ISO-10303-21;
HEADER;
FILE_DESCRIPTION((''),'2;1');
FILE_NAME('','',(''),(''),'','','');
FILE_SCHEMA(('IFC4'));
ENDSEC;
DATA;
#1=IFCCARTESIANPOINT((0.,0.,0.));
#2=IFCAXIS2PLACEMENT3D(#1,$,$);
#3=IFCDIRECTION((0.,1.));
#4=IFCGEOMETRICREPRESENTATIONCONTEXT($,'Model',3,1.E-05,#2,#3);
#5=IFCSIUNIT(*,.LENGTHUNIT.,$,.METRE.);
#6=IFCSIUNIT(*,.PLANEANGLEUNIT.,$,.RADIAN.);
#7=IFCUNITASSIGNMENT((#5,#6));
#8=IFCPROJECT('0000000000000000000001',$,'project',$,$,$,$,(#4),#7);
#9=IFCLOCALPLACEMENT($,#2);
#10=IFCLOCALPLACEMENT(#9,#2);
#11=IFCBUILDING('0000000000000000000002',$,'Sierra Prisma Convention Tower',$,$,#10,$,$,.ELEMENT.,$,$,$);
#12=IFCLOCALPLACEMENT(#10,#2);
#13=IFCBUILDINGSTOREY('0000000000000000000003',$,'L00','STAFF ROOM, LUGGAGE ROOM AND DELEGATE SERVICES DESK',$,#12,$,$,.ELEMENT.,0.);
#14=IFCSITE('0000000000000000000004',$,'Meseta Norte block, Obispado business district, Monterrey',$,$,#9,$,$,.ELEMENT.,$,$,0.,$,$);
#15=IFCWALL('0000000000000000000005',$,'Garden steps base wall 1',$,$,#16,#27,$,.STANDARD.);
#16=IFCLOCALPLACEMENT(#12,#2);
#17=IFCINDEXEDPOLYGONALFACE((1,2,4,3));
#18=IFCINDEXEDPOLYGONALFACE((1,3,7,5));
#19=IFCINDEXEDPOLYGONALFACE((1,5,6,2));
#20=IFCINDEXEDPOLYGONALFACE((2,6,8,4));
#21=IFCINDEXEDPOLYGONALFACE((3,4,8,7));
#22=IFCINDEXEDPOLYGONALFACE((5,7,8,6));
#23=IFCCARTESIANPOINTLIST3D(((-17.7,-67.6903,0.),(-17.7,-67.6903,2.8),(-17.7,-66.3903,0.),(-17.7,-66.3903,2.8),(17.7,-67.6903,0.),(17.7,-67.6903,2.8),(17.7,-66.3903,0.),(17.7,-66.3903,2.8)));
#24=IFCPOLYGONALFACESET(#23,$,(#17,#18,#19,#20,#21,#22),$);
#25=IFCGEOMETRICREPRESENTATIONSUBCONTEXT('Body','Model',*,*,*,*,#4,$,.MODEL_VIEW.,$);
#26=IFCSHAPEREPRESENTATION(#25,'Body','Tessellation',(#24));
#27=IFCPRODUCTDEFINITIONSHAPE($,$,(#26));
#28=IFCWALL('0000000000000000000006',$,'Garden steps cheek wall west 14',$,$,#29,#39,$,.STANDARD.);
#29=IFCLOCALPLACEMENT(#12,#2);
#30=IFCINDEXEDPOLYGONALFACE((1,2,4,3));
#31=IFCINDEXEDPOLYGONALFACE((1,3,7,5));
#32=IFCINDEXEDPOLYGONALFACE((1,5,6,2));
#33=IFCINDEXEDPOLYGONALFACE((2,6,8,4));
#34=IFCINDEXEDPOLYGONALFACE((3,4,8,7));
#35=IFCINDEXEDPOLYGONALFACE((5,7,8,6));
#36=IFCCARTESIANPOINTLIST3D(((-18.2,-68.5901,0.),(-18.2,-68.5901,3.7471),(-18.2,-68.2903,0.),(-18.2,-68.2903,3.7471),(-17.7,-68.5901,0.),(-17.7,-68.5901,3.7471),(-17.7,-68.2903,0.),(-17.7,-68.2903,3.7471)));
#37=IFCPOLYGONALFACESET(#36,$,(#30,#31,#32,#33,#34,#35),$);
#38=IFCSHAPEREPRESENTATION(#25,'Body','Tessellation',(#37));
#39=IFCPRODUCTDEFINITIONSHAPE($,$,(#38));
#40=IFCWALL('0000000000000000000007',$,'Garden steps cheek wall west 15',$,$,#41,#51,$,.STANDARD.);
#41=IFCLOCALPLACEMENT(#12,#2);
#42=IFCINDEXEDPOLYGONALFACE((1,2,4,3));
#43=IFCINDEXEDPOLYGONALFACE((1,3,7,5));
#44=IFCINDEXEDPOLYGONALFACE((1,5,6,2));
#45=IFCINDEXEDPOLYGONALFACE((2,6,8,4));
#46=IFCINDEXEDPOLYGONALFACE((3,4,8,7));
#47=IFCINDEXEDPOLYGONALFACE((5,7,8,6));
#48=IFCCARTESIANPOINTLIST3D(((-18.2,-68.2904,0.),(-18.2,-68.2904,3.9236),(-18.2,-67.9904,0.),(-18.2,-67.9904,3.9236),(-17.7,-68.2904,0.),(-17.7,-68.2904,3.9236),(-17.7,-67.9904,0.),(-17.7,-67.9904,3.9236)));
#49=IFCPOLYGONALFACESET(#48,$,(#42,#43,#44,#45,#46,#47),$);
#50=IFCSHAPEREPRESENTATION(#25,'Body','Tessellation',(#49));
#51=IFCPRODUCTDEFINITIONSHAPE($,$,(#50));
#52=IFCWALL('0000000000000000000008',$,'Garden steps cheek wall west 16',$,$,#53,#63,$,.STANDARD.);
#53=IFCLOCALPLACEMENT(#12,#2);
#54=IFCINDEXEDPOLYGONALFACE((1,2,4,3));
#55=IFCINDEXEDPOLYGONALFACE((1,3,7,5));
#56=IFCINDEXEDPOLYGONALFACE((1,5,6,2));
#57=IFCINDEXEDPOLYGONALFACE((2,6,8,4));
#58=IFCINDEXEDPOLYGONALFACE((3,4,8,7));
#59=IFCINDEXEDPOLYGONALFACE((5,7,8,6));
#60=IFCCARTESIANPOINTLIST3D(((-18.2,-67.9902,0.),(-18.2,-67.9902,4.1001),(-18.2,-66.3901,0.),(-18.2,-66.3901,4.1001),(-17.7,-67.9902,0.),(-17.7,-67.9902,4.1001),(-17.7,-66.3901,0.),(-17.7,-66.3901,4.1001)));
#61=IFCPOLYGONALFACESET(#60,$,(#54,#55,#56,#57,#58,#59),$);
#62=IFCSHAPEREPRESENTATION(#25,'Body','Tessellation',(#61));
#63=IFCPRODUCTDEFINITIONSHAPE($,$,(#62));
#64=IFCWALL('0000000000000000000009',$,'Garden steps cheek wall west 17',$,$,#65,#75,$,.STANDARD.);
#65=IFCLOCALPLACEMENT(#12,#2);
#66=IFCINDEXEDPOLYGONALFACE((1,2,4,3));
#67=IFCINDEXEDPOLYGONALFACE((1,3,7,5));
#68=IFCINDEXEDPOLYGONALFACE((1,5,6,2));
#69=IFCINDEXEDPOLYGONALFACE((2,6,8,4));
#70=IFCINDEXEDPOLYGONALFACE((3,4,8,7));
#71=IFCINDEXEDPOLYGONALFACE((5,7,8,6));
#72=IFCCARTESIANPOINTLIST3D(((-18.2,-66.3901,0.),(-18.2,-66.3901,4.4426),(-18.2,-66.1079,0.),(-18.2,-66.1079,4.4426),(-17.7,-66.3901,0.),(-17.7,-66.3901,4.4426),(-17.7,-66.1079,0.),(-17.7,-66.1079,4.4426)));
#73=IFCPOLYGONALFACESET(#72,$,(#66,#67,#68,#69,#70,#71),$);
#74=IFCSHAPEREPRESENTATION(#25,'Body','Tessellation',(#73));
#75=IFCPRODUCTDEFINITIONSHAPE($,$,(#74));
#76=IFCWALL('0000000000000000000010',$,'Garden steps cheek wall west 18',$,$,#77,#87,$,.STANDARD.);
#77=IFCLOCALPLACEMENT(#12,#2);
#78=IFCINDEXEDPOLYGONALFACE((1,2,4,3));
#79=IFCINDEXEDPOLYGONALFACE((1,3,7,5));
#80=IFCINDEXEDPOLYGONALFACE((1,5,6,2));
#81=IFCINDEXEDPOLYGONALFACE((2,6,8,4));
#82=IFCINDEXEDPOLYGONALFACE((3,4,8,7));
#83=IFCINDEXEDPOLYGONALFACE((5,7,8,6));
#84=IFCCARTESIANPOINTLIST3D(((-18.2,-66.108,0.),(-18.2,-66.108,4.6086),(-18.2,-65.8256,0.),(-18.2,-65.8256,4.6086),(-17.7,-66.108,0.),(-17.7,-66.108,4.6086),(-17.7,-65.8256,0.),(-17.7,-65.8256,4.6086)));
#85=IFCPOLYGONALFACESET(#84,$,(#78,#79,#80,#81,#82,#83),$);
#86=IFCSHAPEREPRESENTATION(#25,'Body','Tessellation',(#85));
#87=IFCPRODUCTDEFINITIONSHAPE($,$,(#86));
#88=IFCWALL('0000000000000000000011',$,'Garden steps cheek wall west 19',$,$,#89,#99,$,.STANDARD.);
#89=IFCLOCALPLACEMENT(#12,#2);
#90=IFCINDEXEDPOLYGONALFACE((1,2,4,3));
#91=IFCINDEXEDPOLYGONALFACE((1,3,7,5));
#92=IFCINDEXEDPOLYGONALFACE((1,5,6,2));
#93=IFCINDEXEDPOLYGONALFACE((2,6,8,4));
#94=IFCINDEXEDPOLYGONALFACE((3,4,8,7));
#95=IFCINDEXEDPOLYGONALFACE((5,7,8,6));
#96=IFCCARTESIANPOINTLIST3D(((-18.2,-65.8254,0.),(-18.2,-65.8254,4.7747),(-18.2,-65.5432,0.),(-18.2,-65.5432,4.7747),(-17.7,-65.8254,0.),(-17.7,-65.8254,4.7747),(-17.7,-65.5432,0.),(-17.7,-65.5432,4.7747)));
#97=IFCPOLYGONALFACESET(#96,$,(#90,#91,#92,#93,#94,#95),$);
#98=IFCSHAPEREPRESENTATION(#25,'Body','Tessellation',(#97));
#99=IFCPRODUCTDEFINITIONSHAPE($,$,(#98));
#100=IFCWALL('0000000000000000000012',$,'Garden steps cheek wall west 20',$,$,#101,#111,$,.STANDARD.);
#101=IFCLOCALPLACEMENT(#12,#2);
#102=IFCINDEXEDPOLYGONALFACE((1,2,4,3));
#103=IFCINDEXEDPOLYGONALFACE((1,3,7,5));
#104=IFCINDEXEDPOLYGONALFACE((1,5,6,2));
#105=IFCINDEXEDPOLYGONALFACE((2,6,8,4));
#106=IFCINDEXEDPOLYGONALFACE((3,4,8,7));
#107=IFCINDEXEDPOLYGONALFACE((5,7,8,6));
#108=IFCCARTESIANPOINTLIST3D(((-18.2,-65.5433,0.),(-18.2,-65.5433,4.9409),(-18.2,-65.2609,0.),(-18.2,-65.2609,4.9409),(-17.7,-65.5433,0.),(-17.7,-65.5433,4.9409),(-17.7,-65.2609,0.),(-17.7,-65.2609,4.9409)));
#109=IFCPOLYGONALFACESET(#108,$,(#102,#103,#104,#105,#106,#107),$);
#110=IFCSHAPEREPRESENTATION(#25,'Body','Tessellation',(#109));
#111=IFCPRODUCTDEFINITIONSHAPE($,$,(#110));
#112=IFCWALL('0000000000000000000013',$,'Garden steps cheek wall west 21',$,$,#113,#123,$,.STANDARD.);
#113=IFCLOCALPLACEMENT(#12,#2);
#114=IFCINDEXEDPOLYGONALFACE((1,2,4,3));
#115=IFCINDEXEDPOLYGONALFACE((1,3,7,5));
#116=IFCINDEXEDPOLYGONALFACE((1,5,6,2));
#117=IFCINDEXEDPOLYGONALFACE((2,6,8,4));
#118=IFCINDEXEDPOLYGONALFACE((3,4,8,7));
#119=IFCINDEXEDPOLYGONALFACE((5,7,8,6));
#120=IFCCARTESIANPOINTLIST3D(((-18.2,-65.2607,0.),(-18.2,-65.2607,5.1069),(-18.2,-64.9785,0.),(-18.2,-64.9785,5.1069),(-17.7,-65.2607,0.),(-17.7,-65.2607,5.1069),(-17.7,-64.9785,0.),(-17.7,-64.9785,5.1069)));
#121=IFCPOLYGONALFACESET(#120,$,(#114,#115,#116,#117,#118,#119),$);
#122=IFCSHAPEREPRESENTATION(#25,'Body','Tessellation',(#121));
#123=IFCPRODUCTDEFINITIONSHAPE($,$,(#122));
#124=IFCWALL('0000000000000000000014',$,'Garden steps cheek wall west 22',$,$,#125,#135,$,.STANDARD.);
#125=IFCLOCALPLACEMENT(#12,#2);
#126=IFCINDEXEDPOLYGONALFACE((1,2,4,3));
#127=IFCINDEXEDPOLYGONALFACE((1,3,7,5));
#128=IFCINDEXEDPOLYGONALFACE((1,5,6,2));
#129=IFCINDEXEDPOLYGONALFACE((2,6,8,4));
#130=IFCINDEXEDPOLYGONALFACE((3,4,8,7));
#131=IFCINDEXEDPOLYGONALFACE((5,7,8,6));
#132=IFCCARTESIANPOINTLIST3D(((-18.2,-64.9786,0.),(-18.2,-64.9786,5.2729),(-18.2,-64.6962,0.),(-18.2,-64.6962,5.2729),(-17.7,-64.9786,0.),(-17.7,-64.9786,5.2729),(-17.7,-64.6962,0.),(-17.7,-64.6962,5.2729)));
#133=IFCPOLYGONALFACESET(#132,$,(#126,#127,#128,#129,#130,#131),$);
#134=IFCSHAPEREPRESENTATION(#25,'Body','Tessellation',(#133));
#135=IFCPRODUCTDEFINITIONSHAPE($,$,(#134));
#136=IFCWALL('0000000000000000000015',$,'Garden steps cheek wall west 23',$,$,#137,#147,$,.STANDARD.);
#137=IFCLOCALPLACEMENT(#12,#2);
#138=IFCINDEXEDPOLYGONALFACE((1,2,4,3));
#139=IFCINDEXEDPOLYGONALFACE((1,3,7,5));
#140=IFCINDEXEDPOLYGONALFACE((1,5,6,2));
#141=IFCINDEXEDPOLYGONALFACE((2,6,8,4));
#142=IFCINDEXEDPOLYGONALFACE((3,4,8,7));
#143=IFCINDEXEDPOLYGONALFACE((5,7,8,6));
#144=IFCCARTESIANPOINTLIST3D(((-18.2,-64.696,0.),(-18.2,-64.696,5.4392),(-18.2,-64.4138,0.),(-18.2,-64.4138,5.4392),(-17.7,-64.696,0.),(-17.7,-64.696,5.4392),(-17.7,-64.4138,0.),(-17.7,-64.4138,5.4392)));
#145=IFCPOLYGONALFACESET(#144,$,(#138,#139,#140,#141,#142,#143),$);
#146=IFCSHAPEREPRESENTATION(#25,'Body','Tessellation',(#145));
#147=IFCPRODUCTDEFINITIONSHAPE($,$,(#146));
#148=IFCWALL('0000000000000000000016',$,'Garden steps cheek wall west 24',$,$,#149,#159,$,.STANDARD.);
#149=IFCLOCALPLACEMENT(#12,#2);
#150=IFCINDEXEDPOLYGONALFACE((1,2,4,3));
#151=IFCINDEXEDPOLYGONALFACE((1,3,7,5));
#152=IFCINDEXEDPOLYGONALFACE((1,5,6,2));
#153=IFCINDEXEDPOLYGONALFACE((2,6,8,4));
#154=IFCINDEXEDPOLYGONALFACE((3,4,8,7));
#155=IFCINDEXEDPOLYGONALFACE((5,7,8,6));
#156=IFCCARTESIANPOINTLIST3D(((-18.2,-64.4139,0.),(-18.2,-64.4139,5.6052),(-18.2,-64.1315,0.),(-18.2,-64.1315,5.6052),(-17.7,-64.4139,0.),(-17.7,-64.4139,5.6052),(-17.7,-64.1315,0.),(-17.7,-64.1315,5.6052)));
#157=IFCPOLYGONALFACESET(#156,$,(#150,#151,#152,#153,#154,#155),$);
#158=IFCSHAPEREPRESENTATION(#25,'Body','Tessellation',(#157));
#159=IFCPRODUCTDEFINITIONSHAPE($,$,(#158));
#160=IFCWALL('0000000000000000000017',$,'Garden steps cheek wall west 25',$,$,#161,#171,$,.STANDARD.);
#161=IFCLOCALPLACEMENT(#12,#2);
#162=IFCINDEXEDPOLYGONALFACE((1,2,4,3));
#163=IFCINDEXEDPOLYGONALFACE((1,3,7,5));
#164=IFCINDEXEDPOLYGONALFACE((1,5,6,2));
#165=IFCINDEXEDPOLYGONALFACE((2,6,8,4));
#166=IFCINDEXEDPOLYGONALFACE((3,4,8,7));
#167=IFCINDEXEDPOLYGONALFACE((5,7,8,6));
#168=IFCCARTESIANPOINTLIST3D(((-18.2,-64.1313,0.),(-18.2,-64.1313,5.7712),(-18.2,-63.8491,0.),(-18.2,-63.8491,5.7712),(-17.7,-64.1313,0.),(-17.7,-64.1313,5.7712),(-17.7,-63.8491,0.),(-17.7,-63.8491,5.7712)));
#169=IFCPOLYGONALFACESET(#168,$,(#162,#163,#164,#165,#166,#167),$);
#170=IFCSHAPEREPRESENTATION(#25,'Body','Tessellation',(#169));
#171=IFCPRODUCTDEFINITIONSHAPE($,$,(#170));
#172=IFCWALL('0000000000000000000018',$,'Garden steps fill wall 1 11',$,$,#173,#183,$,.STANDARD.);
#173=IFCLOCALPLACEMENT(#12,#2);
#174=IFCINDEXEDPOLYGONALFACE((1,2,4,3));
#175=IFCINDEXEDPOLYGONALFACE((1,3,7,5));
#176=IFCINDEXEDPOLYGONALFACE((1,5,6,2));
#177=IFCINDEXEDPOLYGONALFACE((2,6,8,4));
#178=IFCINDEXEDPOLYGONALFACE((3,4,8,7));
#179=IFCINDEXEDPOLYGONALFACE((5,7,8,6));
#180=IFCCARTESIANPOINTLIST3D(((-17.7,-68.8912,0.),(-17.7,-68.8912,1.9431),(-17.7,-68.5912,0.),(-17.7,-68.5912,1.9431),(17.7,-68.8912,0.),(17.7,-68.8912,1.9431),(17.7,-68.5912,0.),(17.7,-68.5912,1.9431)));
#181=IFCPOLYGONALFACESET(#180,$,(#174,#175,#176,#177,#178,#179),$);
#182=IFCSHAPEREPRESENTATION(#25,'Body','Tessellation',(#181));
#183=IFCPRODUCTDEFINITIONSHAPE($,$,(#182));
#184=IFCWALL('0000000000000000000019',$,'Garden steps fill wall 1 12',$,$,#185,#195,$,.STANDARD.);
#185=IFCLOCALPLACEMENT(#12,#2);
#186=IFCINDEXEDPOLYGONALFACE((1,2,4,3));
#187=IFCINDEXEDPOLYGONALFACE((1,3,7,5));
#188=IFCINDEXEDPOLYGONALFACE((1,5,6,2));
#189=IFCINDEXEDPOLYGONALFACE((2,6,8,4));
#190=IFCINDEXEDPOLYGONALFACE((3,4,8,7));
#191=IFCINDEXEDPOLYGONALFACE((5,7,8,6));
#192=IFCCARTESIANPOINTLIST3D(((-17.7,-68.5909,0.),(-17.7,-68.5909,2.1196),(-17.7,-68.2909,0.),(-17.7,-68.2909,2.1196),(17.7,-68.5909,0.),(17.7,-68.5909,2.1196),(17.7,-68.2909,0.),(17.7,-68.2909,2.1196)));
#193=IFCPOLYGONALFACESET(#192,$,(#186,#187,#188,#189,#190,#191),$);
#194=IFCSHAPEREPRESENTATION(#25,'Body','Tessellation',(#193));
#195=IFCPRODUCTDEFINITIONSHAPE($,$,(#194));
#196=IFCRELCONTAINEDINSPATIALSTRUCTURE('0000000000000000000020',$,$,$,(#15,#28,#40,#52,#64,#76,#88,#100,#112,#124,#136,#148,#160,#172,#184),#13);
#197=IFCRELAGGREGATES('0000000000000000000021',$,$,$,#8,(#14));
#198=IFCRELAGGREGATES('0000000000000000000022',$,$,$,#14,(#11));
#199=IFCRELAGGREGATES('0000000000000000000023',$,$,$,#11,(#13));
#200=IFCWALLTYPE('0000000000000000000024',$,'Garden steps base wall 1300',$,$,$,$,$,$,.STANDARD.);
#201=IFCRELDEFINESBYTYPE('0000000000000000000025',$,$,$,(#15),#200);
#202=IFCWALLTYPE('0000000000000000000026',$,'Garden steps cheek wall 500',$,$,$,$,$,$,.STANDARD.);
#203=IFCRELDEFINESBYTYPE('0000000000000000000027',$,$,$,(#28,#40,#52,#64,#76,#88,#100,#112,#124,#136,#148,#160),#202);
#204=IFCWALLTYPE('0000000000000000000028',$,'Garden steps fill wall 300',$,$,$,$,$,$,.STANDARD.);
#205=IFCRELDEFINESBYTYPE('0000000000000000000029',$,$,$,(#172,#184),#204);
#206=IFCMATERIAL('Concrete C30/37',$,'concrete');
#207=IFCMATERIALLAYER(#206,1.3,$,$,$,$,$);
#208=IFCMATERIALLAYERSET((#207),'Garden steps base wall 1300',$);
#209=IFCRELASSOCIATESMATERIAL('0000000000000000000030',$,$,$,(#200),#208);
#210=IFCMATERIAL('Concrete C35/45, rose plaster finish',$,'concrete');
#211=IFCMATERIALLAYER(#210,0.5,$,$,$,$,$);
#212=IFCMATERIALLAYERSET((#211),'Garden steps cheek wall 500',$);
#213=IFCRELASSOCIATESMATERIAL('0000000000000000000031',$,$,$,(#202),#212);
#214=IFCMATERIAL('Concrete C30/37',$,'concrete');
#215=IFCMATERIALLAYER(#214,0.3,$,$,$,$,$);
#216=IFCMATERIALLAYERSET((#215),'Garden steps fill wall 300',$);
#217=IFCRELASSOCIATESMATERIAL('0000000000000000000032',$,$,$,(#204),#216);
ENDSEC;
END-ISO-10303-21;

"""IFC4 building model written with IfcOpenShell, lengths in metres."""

from ifc_helpers import new_model, si_unit, direction, frame, frame_2d, origin, place, context, subcontext, project, spatial, rectangle, extrude, material, layer, layer_set, type_object, element, save


model = new_model("IFC4")

# Units and contexts
model_context = context("Model", 3, precision=1e-05, world=origin(), true_north=direction((0.0, 1.0)))
body_context = subcontext(model_context, "Body", "Model", "MODEL_VIEW")
ifc_project = project(units=[si_unit("LENGTHUNIT", "METRE"), si_unit("PLANEANGLEUNIT", "RADIAN")], contexts=[model_context])

# Site, building, storey
site_placement = place(None, origin())
site = spatial("IfcSite", under=ifc_project, at=site_placement, Name="Meseta Norte block, Obispado business district, Monterrey", CompositionType="ELEMENT", RefElevation=0.0)
building_placement = place(site_placement, origin())
building = spatial("IfcBuilding", under=site, at=building_placement, Name="Sierra Prisma Convention Tower", CompositionType="ELEMENT")
storey_placement = place(building_placement, origin())
storey = spatial("IfcBuildingStorey", under=building, at=storey_placement, Name="L00", Description="STAFF ROOM, LUGGAGE ROOM AND DELEGATE SERVICES DESK", CompositionType="ELEMENT", Elevation=0.0)

# Walls
ifc_material_1 = material(Name="Concrete C30/37", Category="concrete")
ifc_layer_1 = layer(ifc_material_1, 1.3)
ifc_layer_set_1 = layer_set([ifc_layer_1], Name="Garden steps base wall 1300")
wall_type_1 = type_object("IfcWallType", Name="Garden steps base wall 1300", PredefinedType="STANDARD", material=ifc_layer_set_1)
wall_1_placement = place(storey_placement, frame((-17.7, -67.0403, 0.0), z_axis=(0.0, 0.0, 1.0), x_axis=(1.0, 0.0, 0.0)))
element("IfcWall", 1, at=wall_1_placement, inside=storey, type_object=wall_type_1, Name="Garden steps base wall 1", PredefinedType="STANDARD", context=body_context, shape_type="SweptSolid", body=[
    extrude(rectangle(XDim=35.3999, YDim=1.3, at=frame_2d((17.7, 0.0))), origin(), (0.0, 0.0, 1.0), 2.8),
])
ifc_material_2 = material(Name="Concrete C35/45, rose plaster finish", Category="concrete")
ifc_layer_2 = layer(ifc_material_2, 0.5)
ifc_layer_set_2 = layer_set([ifc_layer_2], Name="Garden steps cheek wall 500")
wall_type_2 = type_object("IfcWallType", Name="Garden steps cheek wall 500", PredefinedType="STANDARD", material=ifc_layer_set_2)
wall_2_placement = place(storey_placement, frame((-17.95, -68.5901, 0.0), z_axis=(0.0, 0.0, 1.0), x_axis=(0.0, 1.0, 0.0)))
element("IfcWall", 2, at=wall_2_placement, inside=storey, type_object=wall_type_2, Name="Garden steps cheek wall west 14", PredefinedType="STANDARD", context=body_context, shape_type="SweptSolid", body=[
    extrude(rectangle(XDim=0.2998, YDim=0.5, at=frame_2d((0.1499, 0.0))), origin(), (0.0, 0.0, 1.0), 3.7471),
])
wall_3_placement = place(storey_placement, frame((-17.95, -68.2903, 0.0), z_axis=(0.0, 0.0, 1.0), x_axis=(0.0, 1.0, 0.0)))
element("IfcWall", 3, at=wall_3_placement, inside=storey, type_object=wall_type_2, Name="Garden steps cheek wall west 15", PredefinedType="STANDARD", context=body_context, shape_type="SweptSolid", body=[
    extrude(rectangle(XDim=0.3, YDim=0.5, at=frame_2d((0.1499, 0.0))), origin(), (0.0, 0.0, 1.0), 3.9236),
])
wall_4_placement = place(storey_placement, frame((-17.95, -67.9902, 0.0), z_axis=(0.0, 0.0, 1.0), x_axis=(0.0, 1.0, 0.0)))
element("IfcWall", 4, at=wall_4_placement, inside=storey, type_object=wall_type_2, Name="Garden steps cheek wall west 16", PredefinedType="STANDARD", context=body_context, shape_type="SweptSolid", body=[
    extrude(rectangle(XDim=1.6001, YDim=0.5, at=frame_2d((0.8, 0.0))), origin(), (0.0, 0.0, 1.0), 4.1001),
])
wall_5_placement = place(storey_placement, frame((-17.95, -66.3901, 0.0), z_axis=(0.0, 0.0, 1.0), x_axis=(0.0, 1.0, 0.0)))
element("IfcWall", 5, at=wall_5_placement, inside=storey, type_object=wall_type_2, Name="Garden steps cheek wall west 17", PredefinedType="STANDARD", context=body_context, shape_type="SweptSolid", body=[
    extrude(rectangle(XDim=0.2822, YDim=0.5, at=frame_2d((0.1411, 0.0))), origin(), (0.0, 0.0, 1.0), 4.4426),
])
wall_6_placement = place(storey_placement, frame((-17.95, -66.1079, 0.0), z_axis=(0.0, 0.0, 1.0), x_axis=(0.0, 1.0, 0.0)))
element("IfcWall", 6, at=wall_6_placement, inside=storey, type_object=wall_type_2, Name="Garden steps cheek wall west 18", PredefinedType="STANDARD", context=body_context, shape_type="SweptSolid", body=[
    extrude(rectangle(XDim=0.2825, YDim=0.5, at=frame_2d((0.1411, 0.0))), origin(), (0.0, 0.0, 1.0), 4.6086),
])
wall_7_placement = place(storey_placement, frame((-17.95, -65.8254, 0.0), z_axis=(0.0, 0.0, 1.0), x_axis=(0.0, 1.0, 0.0)))
element("IfcWall", 7, at=wall_7_placement, inside=storey, type_object=wall_type_2, Name="Garden steps cheek wall west 19", PredefinedType="STANDARD", context=body_context, shape_type="SweptSolid", body=[
    extrude(rectangle(XDim=0.2822, YDim=0.5, at=frame_2d((0.1411, 0.0))), origin(), (0.0, 0.0, 1.0), 4.7747),
])
wall_8_placement = place(storey_placement, frame((-17.95, -65.5432, 0.0), z_axis=(0.0, 0.0, 1.0), x_axis=(0.0, 1.0, 0.0)))
element("IfcWall", 8, at=wall_8_placement, inside=storey, type_object=wall_type_2, Name="Garden steps cheek wall west 20", PredefinedType="STANDARD", context=body_context, shape_type="SweptSolid", body=[
    extrude(rectangle(XDim=0.2825, YDim=0.5, at=frame_2d((0.1411, 0.0))), origin(), (0.0, 0.0, 1.0), 4.9409),
])
wall_9_placement = place(storey_placement, frame((-17.95, -65.2607, 0.0), z_axis=(0.0, 0.0, 1.0), x_axis=(0.0, 1.0, 0.0)))
element("IfcWall", 9, at=wall_9_placement, inside=storey, type_object=wall_type_2, Name="Garden steps cheek wall west 21", PredefinedType="STANDARD", context=body_context, shape_type="SweptSolid", body=[
    extrude(rectangle(XDim=0.2822, YDim=0.5, at=frame_2d((0.1411, 0.0))), origin(), (0.0, 0.0, 1.0), 5.1069),
])
wall_10_placement = place(storey_placement, frame((-17.95, -64.9785, 0.0), z_axis=(0.0, 0.0, 1.0), x_axis=(0.0, 1.0, 0.0)))
element("IfcWall", 10, at=wall_10_placement, inside=storey, type_object=wall_type_2, Name="Garden steps cheek wall west 22", PredefinedType="STANDARD", context=body_context, shape_type="SweptSolid", body=[
    extrude(rectangle(XDim=0.2825, YDim=0.5, at=frame_2d((0.1411, 0.0))), origin(), (0.0, 0.0, 1.0), 5.2729),
])
wall_11_placement = place(storey_placement, frame((-17.95, -64.696, 0.0), z_axis=(0.0, 0.0, 1.0), x_axis=(0.0, 1.0, 0.0)))
element("IfcWall", 11, at=wall_11_placement, inside=storey, type_object=wall_type_2, Name="Garden steps cheek wall west 23", PredefinedType="STANDARD", context=body_context, shape_type="SweptSolid", body=[
    extrude(rectangle(XDim=0.2822, YDim=0.5, at=frame_2d((0.1411, 0.0))), origin(), (0.0, 0.0, 1.0), 5.4392),
])
wall_12_placement = place(storey_placement, frame((-17.95, -64.4138, 0.0), z_axis=(0.0, 0.0, 1.0), x_axis=(0.0, 1.0, 0.0)))
element("IfcWall", 12, at=wall_12_placement, inside=storey, type_object=wall_type_2, Name="Garden steps cheek wall west 24", PredefinedType="STANDARD", context=body_context, shape_type="SweptSolid", body=[
    extrude(rectangle(XDim=0.2825, YDim=0.5, at=frame_2d((0.1411, 0.0))), origin(), (0.0, 0.0, 1.0), 5.6052),
])
wall_13_placement = place(storey_placement, frame((-17.95, -64.1313, 0.0), z_axis=(0.0, 0.0, 1.0), x_axis=(0.0, 1.0, 0.0)))
element("IfcWall", 13, at=wall_13_placement, inside=storey, type_object=wall_type_2, Name="Garden steps cheek wall west 25", PredefinedType="STANDARD", context=body_context, shape_type="SweptSolid", body=[
    extrude(rectangle(XDim=0.2822, YDim=0.5, at=frame_2d((0.1411, 0.0))), origin(), (0.0, 0.0, 1.0), 5.7712),
])
ifc_material_3 = material(Name="Concrete C30/37", Category="concrete")
ifc_layer_3 = layer(ifc_material_3, 0.3)
ifc_layer_set_3 = layer_set([ifc_layer_3], Name="Garden steps fill wall 300")
wall_type_3 = type_object("IfcWallType", Name="Garden steps fill wall 300", PredefinedType="STANDARD", material=ifc_layer_set_3)
wall_14_placement = place(storey_placement, frame((-17.7, -68.7412, 0.0), z_axis=(0.0, 0.0, 1.0), x_axis=(1.0, 0.0, 0.0)))
element("IfcWall", 14, at=wall_14_placement, inside=storey, type_object=wall_type_3, Name="Garden steps fill wall 1 11", PredefinedType="STANDARD", context=body_context, shape_type="SweptSolid", body=[
    extrude(rectangle(XDim=35.3999, YDim=0.3, at=frame_2d((17.7, 0.0))), origin(), (0.0, 0.0, 1.0), 1.9431),
])
wall_15_placement = place(storey_placement, frame((-17.7, -68.4409, 0.0), z_axis=(0.0, 0.0, 1.0), x_axis=(1.0, 0.0, 0.0)))
element("IfcWall", 15, at=wall_15_placement, inside=storey, type_object=wall_type_3, Name="Garden steps fill wall 1 12", PredefinedType="STANDARD", context=body_context, shape_type="SweptSolid", body=[
    extrude(rectangle(XDim=35.3999, YDim=0.3, at=frame_2d((17.7, 0.0))), origin(), (0.0, 0.0, 1.0), 2.1196),
])

save(model, "model.ifc")
